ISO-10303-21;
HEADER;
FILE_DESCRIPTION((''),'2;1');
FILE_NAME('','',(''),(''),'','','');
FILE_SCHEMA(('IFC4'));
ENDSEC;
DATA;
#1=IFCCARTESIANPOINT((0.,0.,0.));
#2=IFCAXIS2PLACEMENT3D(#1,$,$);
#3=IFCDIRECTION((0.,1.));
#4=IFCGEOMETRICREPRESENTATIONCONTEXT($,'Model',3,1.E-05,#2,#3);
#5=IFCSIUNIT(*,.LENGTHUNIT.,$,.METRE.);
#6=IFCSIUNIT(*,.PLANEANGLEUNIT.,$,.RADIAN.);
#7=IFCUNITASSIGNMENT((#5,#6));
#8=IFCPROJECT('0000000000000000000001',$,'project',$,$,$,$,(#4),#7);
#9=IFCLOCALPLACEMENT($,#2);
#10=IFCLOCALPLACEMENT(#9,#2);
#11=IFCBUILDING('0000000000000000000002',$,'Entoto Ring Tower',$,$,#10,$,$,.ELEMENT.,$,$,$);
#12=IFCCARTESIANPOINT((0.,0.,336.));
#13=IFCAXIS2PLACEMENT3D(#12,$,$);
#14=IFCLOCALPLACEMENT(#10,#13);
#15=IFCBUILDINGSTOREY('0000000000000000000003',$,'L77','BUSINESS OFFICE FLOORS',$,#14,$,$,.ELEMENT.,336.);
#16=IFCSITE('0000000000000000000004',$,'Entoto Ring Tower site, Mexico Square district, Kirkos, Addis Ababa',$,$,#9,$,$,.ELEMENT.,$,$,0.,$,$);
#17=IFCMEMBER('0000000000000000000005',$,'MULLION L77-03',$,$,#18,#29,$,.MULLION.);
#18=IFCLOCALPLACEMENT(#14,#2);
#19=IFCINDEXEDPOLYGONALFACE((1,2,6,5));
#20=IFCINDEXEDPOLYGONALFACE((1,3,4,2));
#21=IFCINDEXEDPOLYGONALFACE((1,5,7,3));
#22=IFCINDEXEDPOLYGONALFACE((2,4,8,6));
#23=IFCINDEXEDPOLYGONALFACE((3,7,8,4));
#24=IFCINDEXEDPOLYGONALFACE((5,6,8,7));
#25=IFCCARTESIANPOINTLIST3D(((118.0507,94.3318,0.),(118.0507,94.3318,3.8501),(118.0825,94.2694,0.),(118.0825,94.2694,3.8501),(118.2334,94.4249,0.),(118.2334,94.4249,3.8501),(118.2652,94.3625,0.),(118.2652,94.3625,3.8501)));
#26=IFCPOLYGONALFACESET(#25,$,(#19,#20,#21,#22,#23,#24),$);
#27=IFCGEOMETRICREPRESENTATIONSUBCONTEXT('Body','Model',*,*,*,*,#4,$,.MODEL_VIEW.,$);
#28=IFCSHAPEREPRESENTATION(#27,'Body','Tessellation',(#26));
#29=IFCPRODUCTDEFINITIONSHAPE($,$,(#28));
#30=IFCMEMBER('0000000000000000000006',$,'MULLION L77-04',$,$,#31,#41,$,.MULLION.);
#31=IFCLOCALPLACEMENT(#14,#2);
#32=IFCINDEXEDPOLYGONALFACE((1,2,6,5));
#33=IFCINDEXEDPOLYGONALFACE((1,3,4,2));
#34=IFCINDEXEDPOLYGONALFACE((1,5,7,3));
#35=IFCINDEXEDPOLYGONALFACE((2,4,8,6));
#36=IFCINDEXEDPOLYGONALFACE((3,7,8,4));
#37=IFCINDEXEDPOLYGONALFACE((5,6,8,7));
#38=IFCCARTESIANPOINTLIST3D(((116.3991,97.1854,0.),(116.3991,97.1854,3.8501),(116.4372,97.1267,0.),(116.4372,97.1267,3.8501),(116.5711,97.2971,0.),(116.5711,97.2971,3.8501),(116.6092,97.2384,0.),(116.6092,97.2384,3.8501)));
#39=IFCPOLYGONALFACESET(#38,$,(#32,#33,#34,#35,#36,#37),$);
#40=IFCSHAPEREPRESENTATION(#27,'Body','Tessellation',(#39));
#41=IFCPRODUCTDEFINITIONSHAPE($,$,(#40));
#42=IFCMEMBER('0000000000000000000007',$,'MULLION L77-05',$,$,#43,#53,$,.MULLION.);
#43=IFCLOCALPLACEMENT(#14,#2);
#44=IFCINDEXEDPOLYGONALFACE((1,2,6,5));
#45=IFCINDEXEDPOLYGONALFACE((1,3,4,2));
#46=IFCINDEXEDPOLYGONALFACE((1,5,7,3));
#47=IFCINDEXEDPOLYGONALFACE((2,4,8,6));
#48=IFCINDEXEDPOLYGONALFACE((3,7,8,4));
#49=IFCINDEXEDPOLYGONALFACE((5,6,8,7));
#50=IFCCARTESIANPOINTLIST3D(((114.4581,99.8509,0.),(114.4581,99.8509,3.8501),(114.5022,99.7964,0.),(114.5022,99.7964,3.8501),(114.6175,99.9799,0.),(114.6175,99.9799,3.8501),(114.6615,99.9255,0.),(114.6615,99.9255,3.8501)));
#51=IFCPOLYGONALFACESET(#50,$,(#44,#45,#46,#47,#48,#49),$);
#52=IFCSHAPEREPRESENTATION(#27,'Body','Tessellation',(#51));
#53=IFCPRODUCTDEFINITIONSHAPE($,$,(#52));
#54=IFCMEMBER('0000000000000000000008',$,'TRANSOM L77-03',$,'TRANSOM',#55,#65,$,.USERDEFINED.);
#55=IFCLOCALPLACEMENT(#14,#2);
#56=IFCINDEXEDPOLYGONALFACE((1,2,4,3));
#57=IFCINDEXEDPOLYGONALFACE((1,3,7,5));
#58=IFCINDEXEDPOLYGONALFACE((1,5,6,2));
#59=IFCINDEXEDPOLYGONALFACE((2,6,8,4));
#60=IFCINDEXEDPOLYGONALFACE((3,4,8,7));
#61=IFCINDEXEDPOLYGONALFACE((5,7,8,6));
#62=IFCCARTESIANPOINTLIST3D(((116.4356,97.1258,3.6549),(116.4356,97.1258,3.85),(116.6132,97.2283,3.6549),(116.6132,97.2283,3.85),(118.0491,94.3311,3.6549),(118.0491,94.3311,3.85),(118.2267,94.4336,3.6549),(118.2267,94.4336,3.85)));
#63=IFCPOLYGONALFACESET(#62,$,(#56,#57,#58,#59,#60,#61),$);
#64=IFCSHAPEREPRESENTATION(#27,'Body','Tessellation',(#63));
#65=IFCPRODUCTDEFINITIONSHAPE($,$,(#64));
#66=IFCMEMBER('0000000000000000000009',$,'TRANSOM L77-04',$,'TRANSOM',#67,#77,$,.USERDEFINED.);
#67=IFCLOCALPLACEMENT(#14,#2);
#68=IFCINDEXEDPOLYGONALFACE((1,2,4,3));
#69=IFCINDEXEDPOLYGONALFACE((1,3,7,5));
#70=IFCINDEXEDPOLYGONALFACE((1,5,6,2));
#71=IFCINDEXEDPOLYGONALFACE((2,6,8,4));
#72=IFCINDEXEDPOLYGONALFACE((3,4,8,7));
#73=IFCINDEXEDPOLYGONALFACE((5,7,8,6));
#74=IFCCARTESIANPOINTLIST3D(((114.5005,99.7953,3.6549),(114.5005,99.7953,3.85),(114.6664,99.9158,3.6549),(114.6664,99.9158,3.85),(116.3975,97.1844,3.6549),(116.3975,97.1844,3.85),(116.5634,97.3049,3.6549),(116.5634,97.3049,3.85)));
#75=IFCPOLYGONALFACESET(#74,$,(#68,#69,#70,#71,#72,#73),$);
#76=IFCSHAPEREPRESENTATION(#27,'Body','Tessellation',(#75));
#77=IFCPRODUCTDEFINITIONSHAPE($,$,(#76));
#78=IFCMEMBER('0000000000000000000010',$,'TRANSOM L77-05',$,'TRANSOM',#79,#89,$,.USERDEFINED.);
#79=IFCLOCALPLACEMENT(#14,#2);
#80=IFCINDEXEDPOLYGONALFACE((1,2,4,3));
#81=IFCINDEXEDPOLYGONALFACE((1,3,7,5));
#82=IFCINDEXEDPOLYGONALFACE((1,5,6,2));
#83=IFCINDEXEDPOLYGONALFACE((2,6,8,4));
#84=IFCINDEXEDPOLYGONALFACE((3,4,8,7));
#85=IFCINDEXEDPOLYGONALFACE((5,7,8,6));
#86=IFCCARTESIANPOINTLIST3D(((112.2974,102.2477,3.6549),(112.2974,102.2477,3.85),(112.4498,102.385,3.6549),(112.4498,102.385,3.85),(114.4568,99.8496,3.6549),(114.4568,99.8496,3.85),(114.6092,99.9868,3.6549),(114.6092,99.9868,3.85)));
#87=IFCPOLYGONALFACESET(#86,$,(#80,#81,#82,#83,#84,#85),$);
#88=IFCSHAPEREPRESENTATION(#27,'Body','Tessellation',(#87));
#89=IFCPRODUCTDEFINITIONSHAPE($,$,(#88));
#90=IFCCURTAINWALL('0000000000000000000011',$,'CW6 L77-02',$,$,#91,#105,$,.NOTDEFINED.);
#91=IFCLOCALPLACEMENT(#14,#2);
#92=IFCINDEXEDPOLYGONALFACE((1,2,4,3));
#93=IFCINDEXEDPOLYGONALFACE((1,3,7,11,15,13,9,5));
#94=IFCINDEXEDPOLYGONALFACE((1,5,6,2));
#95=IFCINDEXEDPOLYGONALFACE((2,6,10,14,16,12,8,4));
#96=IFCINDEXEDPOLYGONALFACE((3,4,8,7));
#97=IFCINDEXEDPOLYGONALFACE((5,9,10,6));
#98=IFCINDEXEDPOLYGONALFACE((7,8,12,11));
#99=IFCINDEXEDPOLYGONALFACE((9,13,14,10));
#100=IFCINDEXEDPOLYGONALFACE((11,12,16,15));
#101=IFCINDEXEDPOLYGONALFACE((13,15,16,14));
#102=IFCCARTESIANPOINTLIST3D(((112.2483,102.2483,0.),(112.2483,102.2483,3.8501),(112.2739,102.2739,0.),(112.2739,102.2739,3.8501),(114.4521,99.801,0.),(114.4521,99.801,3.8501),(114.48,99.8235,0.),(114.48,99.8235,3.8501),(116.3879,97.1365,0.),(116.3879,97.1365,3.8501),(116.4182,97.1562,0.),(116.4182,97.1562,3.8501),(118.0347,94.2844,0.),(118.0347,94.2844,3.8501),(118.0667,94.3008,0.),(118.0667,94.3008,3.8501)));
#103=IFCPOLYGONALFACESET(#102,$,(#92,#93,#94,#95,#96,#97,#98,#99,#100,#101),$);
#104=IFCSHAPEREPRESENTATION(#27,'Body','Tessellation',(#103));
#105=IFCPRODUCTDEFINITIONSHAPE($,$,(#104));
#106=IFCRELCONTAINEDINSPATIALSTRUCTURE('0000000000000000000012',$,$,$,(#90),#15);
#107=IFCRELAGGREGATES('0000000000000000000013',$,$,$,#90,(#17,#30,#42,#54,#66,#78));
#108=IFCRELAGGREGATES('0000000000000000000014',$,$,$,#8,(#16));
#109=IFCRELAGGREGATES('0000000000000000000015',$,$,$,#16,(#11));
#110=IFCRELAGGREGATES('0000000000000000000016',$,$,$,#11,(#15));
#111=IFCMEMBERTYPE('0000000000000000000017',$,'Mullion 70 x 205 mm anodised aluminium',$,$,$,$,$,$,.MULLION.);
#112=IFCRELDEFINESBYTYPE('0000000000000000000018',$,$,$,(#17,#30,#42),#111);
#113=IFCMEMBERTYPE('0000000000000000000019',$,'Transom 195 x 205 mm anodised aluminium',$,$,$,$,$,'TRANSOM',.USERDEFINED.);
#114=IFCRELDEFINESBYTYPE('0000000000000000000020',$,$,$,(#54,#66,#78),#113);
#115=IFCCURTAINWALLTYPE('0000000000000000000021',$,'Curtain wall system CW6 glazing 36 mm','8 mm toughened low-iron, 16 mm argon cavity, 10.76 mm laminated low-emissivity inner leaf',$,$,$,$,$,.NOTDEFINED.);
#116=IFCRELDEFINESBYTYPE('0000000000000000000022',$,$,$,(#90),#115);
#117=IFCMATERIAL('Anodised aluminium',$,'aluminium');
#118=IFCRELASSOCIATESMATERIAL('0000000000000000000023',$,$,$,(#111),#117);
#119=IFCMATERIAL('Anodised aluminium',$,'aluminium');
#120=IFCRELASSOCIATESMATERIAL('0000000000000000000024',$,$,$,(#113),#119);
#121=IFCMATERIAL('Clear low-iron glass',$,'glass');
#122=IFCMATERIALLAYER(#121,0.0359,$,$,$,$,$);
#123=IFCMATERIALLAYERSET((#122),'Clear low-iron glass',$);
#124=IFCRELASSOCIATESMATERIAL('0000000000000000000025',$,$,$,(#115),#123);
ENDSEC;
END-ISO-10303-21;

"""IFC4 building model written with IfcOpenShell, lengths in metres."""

from ifc_helpers import new_model, si_unit, direction, frame, origin, origin_2d, place, context, subcontext, project, spatial, polyline, rectangle, outline, extrude, material, layer, layer_set, material_profile, profile_set, type_object, element, aggregate, save


model = new_model("IFC4")

# Units and contexts
model_context = context("Model", 3, precision=1e-05, world=origin(), true_north=direction((0.0, 1.0)))
body_context = subcontext(model_context, "Body", "Model", "MODEL_VIEW")
ifc_project = project(units=[si_unit("LENGTHUNIT", "METRE"), si_unit("PLANEANGLEUNIT", "RADIAN")], contexts=[model_context])

# Members
ifc_material_1 = material(Name="Anodised aluminium", Category="aluminium")
ifc_material_profile_1 = material_profile(ifc_material_1, rectangle(XDim=0.0701, YDim=0.2051, at=origin_2d()), Name="Mullion 70 x 205 mm anodised aluminium")
ifc_profile_set_1 = profile_set([ifc_material_profile_1], Name="Anodised aluminium")
member_type_1 = type_object("IfcMemberType", Name="Mullion 70 x 205 mm anodised aluminium", PredefinedType="MULLION", material=ifc_profile_set_1)
site_placement = place(None, origin())
building_placement = place(site_placement, origin())
storey_placement = place(building_placement, frame((0.0, 0.0, 336.0)))
member_1_placement = place(storey_placement, frame((118.158, 94.3472, 0.0), z_axis=(0.0, 0.0, 1.0), x_axis=(-0.45399, 0.891007, 0.0)))
member_1 = element("IfcMember", 1, at=member_1_placement, type_object=member_type_1, Name="MULLION L77-03", PredefinedType="MULLION", context=body_context, shape_type="SweptSolid", body=[
    extrude(rectangle(XDim=0.0701, YDim=0.2051, at=origin_2d()), origin(), (0.0, 0.0, 1.0), 3.8501),
])
member_2_placement = place(storey_placement, frame((116.5042, 97.2119, 0.0), z_axis=(0.0, 0.0, 1.0), x_axis=(-0.544639, 0.838671, 0.0)))
member_2 = element("IfcMember", 2, at=member_2_placement, type_object=member_type_1, Name="MULLION L77-04", PredefinedType="MULLION", context=body_context, shape_type="SweptSolid", body=[
    extrude(rectangle(XDim=0.0701, YDim=0.2051, at=origin_2d()), origin(), (0.0, 0.0, 1.0), 3.8501),
])
member_3_placement = place(storey_placement, frame((114.5598, 99.8882, 0.0), z_axis=(0.0, 0.0, 1.0), x_axis=(-0.62932, 0.777146, 0.0)))
member_3 = element("IfcMember", 3, at=member_3_placement, type_object=member_type_1, Name="MULLION L77-05", PredefinedType="MULLION", context=body_context, shape_type="SweptSolid", body=[
    extrude(rectangle(XDim=0.0701, YDim=0.2051, at=origin_2d()), origin(), (0.0, 0.0, 1.0), 3.8501),
])
ifc_material_2 = material(Name="Anodised aluminium", Category="aluminium")
ifc_material_profile_2 = material_profile(ifc_material_2, rectangle(XDim=0.2051, YDim=0.1951, at=origin_2d()), Name="Transom 195 x 205 mm anodised aluminium")
ifc_profile_set_2 = profile_set([ifc_material_profile_2], Name="Anodised aluminium")
member_type_2 = type_object("IfcMemberType", Name="Transom 195 x 205 mm anodised aluminium", ElementType="TRANSOM", PredefinedType="USERDEFINED", material=ifc_profile_set_2)
member_4_placement = place(storey_placement, frame((118.1379, 94.3823, 3.7524), z_axis=(-0.500004, 0.866023, 0.0), x_axis=(-0.866023, -0.500004, 0.0)))
member_4 = element("IfcMember", 4, at=member_4_placement, type_object=member_type_2, Name="TRANSOM L77-03", ObjectType="TRANSOM", PredefinedType="USERDEFINED", context=body_context, shape_type="SweptSolid", body=[
    extrude(rectangle(XDim=0.2051, YDim=0.1951, at=origin_2d()), origin(), (0.0, 0.0, 1.0), 3.2271),
])
member_5_placement = place(storey_placement, frame((116.4805, 97.2446, 3.7524), z_axis=(-0.587803, 0.809004, 0.0), x_axis=(-0.809004, -0.587803, 0.0)))
member_5 = element("IfcMember", 5, at=member_5_placement, type_object=member_type_2, Name="TRANSOM L77-04", ObjectType="TRANSOM", PredefinedType="USERDEFINED", context=body_context, shape_type="SweptSolid", body=[
    extrude(rectangle(XDim=0.2051, YDim=0.1951, at=origin_2d()), origin(), (0.0, 0.0, 1.0), 3.2273),
])
member_6_placement = place(storey_placement, frame((114.533, 99.9182, 3.7524), z_axis=(-0.669144, 0.743132, 0.0), x_axis=(-0.743132, -0.669144, 0.0)))
member_6 = element("IfcMember", 6, at=member_6_placement, type_object=member_type_2, Name="TRANSOM L77-05", ObjectType="TRANSOM", PredefinedType="USERDEFINED", context=body_context, shape_type="SweptSolid", body=[
    extrude(rectangle(XDim=0.2051, YDim=0.1951, at=origin_2d()), origin(), (0.0, 0.0, 1.0), 3.2271),
])

# Site, building, storey
site = spatial("IfcSite", under=ifc_project, at=site_placement, Name="Entoto Ring Tower site, Mexico Square district, Kirkos, Addis Ababa", CompositionType="ELEMENT", RefElevation=0.0)
building = spatial("IfcBuilding", under=site, at=building_placement, Name="Entoto Ring Tower", CompositionType="ELEMENT")
storey = spatial("IfcBuildingStorey", under=building, at=storey_placement, Name="L77", Description="BUSINESS OFFICE FLOORS", CompositionType="ELEMENT", Elevation=336.0)

# Curtain wall
ifc_material_3 = material(Name="Clear low-iron glass", Category="glass")
ifc_layer_1 = layer(ifc_material_3, 0.0359)
ifc_layer_set_1 = layer_set([ifc_layer_1], Name="Clear low-iron glass")
curtain_wall_type = type_object("IfcCurtainWallType", Name="Curtain wall system CW6 glazing 36 mm", Description="8 mm toughened low-iron, 16 mm argon cavity, 10.76 mm laminated low-emissivity inner leaf", PredefinedType="NOTDEFINED", material=ifc_layer_set_1)
curtain_wall_1_placement = place(storey_placement, origin())
curtain_wall_1 = element("IfcCurtainWall", 7, at=curtain_wall_1_placement, inside=storey, type_object=curtain_wall_type, Name="CW6 L77-02", PredefinedType="NOTDEFINED", context=body_context, shape_type="SweptSolid", body=[
    extrude(outline(polyline([(118.0667, 94.3008), (116.4182, 97.1562), (114.48, 99.8235), (112.2739, 102.2739), (112.2483, 102.2483), (114.4521, 99.801), (116.3879, 97.1365), (118.0347, 94.2844), (118.0667, 94.3008)])), origin(), (0.0, 0.0, 1.0), 3.8501),
])
aggregate(curtain_wall_1, [member_1, member_2, member_3, member_4, member_5, member_6])

save(model, "model.ifc")
